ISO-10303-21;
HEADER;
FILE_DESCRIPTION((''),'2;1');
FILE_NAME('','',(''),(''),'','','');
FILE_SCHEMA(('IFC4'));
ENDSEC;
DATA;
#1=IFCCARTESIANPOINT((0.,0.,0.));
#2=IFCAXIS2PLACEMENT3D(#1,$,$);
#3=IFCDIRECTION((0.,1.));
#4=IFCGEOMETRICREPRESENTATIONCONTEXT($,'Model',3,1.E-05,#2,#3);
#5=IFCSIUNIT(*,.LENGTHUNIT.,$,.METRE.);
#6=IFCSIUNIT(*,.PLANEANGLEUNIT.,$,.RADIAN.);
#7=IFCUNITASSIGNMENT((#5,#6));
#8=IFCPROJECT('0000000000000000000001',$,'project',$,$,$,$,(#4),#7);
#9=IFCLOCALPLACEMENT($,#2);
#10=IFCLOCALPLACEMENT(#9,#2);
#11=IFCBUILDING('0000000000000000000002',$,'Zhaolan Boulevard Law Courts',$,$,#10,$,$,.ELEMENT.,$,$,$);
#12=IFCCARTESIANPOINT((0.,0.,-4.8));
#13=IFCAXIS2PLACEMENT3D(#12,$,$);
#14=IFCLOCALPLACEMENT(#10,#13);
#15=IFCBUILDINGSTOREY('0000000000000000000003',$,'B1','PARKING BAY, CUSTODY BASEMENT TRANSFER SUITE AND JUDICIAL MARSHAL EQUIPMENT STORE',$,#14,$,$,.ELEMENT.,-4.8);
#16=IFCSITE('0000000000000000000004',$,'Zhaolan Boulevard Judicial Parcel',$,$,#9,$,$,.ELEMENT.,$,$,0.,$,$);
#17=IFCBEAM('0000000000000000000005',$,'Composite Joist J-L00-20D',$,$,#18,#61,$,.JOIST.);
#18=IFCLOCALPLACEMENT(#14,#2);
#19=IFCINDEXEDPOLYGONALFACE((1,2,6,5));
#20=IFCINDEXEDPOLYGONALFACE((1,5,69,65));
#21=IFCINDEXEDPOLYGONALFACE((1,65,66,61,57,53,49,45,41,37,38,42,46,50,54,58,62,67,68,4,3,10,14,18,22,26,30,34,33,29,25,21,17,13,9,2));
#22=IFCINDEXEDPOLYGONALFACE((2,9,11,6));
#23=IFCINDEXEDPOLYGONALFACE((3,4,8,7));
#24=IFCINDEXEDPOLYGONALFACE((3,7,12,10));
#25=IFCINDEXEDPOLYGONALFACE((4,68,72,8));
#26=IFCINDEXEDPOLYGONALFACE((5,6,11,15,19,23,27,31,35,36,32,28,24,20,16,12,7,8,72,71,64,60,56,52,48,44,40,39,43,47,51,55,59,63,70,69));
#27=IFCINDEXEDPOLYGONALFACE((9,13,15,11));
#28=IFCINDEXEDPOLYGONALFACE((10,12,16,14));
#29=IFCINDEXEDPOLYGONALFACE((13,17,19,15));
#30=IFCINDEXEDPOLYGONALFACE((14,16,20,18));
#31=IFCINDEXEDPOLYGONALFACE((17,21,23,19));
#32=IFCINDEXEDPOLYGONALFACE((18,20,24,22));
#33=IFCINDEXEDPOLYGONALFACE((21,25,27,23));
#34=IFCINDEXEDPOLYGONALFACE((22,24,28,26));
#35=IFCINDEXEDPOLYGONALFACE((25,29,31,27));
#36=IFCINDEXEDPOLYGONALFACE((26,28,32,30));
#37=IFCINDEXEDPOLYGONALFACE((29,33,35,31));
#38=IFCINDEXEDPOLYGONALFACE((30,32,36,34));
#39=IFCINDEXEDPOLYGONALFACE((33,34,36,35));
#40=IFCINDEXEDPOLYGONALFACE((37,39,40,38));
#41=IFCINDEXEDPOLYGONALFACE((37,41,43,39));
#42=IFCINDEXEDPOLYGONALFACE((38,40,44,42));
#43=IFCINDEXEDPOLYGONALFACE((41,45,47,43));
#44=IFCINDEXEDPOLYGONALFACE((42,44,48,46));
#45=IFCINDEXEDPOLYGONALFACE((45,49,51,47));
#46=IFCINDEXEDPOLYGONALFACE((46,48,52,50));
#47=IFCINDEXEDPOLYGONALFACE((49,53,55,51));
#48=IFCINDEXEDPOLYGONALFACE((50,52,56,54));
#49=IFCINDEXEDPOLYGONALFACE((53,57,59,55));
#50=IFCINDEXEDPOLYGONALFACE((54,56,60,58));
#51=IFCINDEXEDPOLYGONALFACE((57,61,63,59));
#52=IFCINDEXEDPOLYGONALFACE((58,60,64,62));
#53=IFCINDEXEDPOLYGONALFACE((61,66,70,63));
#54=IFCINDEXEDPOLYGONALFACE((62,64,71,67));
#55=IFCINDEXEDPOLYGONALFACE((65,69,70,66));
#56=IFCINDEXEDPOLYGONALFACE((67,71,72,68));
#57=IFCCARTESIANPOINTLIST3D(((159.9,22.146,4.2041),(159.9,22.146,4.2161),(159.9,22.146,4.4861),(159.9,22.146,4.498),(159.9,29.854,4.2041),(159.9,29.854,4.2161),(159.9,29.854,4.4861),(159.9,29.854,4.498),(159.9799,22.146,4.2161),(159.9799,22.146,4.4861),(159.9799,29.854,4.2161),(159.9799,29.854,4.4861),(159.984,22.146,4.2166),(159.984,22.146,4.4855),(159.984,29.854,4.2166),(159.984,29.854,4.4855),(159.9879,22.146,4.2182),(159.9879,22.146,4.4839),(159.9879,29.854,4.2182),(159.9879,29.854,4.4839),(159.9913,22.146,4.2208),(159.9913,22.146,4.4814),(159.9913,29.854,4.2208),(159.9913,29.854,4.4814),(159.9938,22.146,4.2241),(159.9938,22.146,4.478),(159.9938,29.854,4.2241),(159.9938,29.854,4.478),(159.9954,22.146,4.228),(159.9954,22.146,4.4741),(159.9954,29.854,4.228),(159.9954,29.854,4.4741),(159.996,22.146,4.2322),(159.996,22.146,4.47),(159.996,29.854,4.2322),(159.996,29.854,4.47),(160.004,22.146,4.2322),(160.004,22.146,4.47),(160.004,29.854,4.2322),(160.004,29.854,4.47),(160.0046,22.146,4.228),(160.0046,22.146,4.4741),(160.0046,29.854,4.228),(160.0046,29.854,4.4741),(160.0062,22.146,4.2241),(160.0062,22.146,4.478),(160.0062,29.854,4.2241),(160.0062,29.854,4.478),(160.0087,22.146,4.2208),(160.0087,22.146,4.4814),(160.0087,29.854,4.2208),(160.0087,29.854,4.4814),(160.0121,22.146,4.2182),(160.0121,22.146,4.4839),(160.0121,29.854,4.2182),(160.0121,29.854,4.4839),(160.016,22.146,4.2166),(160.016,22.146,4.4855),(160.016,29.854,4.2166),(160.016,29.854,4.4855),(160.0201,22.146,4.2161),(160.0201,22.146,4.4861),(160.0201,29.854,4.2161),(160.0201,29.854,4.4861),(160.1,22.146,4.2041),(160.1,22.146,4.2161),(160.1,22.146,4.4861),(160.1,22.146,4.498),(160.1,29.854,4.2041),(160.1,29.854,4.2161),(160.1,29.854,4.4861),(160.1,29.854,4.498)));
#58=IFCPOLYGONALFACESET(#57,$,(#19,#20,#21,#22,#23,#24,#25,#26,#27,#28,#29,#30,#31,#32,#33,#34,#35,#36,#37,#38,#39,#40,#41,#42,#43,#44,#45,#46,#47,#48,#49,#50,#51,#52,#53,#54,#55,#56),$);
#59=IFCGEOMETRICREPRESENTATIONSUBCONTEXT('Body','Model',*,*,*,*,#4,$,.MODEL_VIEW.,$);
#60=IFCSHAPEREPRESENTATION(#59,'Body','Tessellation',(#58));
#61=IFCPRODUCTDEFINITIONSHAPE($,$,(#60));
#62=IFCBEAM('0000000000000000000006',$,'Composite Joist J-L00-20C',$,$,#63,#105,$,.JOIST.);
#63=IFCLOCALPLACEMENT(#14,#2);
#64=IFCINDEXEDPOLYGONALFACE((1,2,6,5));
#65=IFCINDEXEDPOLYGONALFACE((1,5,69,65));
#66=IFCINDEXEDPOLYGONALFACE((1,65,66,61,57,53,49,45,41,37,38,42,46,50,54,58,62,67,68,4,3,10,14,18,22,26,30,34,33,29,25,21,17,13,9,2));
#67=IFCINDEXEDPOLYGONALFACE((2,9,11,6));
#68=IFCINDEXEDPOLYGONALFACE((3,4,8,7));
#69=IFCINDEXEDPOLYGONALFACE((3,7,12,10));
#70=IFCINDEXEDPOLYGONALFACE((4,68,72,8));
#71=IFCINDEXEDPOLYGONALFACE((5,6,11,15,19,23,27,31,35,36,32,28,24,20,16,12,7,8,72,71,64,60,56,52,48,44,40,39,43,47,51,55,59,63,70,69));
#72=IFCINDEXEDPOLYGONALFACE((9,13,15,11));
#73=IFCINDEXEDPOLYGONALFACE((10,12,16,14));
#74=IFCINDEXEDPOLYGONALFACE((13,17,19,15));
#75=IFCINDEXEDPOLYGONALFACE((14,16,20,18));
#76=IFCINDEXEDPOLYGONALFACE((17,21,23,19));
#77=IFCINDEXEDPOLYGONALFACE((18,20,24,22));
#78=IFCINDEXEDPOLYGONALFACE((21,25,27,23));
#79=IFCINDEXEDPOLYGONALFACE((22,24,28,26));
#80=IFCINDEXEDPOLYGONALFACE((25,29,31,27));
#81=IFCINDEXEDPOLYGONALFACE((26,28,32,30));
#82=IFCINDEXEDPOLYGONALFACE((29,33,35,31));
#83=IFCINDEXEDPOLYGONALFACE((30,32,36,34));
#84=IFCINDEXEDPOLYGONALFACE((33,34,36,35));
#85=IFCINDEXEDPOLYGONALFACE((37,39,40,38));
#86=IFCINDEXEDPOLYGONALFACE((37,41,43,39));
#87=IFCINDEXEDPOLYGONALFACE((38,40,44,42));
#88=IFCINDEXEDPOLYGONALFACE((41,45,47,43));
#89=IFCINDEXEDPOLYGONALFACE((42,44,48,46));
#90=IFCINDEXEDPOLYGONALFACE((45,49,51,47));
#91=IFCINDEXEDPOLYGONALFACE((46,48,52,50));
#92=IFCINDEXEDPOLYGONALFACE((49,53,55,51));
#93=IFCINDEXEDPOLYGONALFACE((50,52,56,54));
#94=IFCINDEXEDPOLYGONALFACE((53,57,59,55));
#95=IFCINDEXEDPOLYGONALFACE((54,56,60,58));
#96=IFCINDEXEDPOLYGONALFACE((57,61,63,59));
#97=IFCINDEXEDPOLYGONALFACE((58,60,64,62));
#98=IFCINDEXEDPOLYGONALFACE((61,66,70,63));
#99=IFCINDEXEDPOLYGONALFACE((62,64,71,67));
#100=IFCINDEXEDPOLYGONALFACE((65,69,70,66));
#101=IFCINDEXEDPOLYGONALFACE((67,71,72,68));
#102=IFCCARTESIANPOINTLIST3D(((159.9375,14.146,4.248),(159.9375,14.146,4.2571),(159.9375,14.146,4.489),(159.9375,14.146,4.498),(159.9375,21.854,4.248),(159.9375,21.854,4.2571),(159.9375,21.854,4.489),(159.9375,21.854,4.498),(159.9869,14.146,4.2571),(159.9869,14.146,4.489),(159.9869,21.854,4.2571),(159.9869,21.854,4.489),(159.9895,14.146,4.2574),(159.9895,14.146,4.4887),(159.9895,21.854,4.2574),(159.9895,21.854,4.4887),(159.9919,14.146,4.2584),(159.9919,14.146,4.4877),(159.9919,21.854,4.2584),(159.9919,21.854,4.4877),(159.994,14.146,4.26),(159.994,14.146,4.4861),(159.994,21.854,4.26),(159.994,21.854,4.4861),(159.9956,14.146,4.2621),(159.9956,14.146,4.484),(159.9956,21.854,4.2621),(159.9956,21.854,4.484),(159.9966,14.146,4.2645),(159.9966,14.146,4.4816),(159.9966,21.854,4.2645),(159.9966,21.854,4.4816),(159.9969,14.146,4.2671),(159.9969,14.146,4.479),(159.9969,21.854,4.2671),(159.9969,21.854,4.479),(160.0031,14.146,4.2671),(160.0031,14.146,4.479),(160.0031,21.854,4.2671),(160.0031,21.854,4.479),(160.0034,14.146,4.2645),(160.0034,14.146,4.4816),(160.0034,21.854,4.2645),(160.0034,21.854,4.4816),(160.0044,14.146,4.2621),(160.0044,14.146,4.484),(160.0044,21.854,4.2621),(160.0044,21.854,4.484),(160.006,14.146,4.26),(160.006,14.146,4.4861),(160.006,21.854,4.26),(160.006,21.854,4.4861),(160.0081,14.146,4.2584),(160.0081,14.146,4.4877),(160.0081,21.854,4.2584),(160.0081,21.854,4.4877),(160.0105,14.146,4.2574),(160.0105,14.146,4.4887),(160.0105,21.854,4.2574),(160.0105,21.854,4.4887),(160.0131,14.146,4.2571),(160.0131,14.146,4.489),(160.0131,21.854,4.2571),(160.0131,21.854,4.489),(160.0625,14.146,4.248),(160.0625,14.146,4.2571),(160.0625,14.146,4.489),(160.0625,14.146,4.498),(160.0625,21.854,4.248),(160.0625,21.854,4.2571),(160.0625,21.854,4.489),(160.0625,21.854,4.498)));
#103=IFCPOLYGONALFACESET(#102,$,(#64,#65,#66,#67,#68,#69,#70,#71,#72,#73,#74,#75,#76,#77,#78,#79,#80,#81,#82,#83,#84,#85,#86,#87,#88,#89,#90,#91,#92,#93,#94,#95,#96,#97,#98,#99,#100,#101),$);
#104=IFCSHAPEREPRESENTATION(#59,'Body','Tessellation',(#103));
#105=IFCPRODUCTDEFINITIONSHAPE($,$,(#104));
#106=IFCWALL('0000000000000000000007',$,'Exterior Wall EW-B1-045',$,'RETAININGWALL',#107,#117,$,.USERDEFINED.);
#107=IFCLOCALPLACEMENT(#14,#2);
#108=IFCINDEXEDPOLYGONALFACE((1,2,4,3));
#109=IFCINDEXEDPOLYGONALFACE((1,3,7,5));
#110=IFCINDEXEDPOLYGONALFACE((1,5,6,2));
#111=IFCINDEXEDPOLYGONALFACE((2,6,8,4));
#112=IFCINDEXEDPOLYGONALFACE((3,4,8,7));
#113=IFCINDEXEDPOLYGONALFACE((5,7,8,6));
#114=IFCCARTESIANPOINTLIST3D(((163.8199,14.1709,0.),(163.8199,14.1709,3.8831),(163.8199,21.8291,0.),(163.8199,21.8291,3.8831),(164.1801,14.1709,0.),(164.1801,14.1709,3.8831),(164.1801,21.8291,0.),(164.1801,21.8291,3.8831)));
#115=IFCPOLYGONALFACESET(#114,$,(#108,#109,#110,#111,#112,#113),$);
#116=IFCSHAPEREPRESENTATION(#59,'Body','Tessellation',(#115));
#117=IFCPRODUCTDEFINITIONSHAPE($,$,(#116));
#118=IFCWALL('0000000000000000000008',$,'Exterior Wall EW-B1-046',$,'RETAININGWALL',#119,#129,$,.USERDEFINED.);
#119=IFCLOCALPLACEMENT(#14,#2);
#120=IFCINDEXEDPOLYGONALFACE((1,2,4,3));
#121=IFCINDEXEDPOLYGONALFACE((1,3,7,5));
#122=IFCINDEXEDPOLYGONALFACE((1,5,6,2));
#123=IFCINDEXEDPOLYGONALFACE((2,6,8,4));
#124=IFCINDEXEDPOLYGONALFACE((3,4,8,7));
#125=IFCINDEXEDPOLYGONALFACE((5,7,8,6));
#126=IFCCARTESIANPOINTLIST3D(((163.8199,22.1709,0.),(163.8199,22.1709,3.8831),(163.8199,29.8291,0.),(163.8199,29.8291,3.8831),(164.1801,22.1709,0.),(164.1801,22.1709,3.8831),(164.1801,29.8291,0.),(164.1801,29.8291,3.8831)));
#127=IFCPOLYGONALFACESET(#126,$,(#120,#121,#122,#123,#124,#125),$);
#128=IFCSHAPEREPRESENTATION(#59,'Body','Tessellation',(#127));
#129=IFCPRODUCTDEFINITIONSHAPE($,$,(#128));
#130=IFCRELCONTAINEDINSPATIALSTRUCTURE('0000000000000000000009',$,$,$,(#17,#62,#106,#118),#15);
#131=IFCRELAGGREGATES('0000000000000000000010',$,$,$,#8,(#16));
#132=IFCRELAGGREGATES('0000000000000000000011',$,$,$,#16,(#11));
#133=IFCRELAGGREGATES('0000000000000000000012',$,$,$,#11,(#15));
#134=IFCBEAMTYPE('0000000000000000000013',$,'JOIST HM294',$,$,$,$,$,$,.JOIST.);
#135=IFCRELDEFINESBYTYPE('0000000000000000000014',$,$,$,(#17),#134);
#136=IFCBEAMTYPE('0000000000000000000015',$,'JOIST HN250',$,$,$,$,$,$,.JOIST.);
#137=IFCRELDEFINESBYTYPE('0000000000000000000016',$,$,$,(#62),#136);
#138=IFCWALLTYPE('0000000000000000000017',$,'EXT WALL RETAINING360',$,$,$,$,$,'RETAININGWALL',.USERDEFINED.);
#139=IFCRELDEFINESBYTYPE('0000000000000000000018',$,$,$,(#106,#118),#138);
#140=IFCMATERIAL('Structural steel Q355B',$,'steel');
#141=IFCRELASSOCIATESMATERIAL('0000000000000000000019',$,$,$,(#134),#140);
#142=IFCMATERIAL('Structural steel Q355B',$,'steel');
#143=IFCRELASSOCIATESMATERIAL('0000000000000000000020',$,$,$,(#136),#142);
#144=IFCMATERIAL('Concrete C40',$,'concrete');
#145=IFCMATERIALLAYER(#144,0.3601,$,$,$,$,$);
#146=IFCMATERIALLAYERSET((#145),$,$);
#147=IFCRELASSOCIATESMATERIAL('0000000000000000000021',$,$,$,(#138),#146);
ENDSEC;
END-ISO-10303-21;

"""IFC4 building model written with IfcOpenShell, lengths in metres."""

from ifc_helpers import new_model, si_unit, direction, frame, frame_2d, origin, origin_2d, place, context, subcontext, project, spatial, rectangle, i_section, extrude, material, layer, layer_set, material_profile, profile_set, type_object, element, save


model = new_model("IFC4")

# Units and contexts
model_context = context("Model", 3, precision=1e-05, world=origin(), true_north=direction((0.0, 1.0)))
body_context = subcontext(model_context, "Body", "Model", "MODEL_VIEW")
ifc_project = project(units=[si_unit("LENGTHUNIT", "METRE"), si_unit("PLANEANGLEUNIT", "RADIAN")], contexts=[model_context])

# Site, building, storey
site_placement = place(None, origin())
site = spatial("IfcSite", under=ifc_project, at=site_placement, Name="Zhaolan Boulevard Judicial Parcel", CompositionType="ELEMENT", RefElevation=0.0)
building_placement = place(site_placement, origin())
building = spatial("IfcBuilding", under=site, at=building_placement, Name="Zhaolan Boulevard Law Courts", CompositionType="ELEMENT")
storey_placement = place(building_placement, frame((0.0, 0.0, -4.8)))
storey = spatial("IfcBuildingStorey", under=building, at=storey_placement, Name="B1", Description="PARKING BAY, CUSTODY BASEMENT TRANSFER SUITE AND JUDICIAL MARSHAL EQUIPMENT STORE", CompositionType="ELEMENT", Elevation=-4.8)

# Beams
ifc_material_1 = material(Name="Structural steel Q355B", Category="steel")
ifc_material_profile_1 = material_profile(ifc_material_1, i_section(OverallWidth=0.2, OverallDepth=0.2939, WebThickness=0.0081, FlangeThickness=0.012, FilletRadius=0.0161, at=origin_2d()), Name="HM294x200")
ifc_profile_set_1 = profile_set([ifc_material_profile_1], Name="Structural steel Q355B")
beam_type_1 = type_object("IfcBeamType", Name="JOIST HM294", PredefinedType="JOIST", material=ifc_profile_set_1)
beam_1_placement = place(storey_placement, frame((160.0, 22.146, 4.3511), z_axis=(0.0, 1.0, 0.0), x_axis=(-1.0, 0.0, 0.0)))
element("IfcBeam", 1, at=beam_1_placement, inside=storey, type_object=beam_type_1, Name="Composite Joist J-L00-20D", PredefinedType="JOIST", context=body_context, shape_type="SweptSolid", body=[
    extrude(i_section(OverallWidth=0.2, OverallDepth=0.2939, WebThickness=0.0081, FlangeThickness=0.012, FilletRadius=0.0161, at=origin_2d()), origin(), (0.0, 0.0, 1.0), 7.708),
])
ifc_material_2 = material(Name="Structural steel Q355B", Category="steel")
ifc_material_profile_2 = material_profile(ifc_material_2, i_section(OverallWidth=0.125, OverallDepth=0.25, WebThickness=0.0061, FlangeThickness=0.009, FilletRadius=0.01, at=origin_2d()), Name="HN250x125")
ifc_profile_set_2 = profile_set([ifc_material_profile_2], Name="Structural steel Q355B")
beam_type_2 = type_object("IfcBeamType", Name="JOIST HN250", PredefinedType="JOIST", material=ifc_profile_set_2)
beam_2_placement = place(storey_placement, frame((160.0, 14.146, 4.373), z_axis=(0.0, 1.0, 0.0), x_axis=(-1.0, 0.0, 0.0)))
element("IfcBeam", 2, at=beam_2_placement, inside=storey, type_object=beam_type_2, Name="Composite Joist J-L00-20C", PredefinedType="JOIST", context=body_context, shape_type="SweptSolid", body=[
    extrude(i_section(OverallWidth=0.125, OverallDepth=0.25, WebThickness=0.0061, FlangeThickness=0.009, FilletRadius=0.01, at=origin_2d()), origin(), (0.0, 0.0, 1.0), 7.708),
])

# Walls
ifc_material_3 = material(Name="Concrete C40", Category="concrete")
ifc_layer = layer(ifc_material_3, 0.3601)
ifc_layer_set = layer_set([ifc_layer])
wall_type = type_object("IfcWallType", Name="EXT WALL RETAINING360", ElementType="RETAININGWALL", PredefinedType="USERDEFINED", material=ifc_layer_set)
for number, where, z_axis, x_axis, name in (
    (3, (164.0, 14.1709, 0.0), (0.0, 0.0, 1.0), (0.0, 1.0, 0.0), "Exterior Wall EW-B1-045"),
    (4, (164.0, 22.1709, 0.0), (0.0, 0.0, 1.0), (0.0, 1.0, 0.0), "Exterior Wall EW-B1-046"),
):
    element("IfcWall", number, at=place(storey_placement, frame(where, z_axis=z_axis, x_axis=x_axis)), inside=storey, type_object=wall_type, Name=name, ObjectType="RETAININGWALL", PredefinedType="USERDEFINED", context=body_context, shape_type="SweptSolid", body=[
        extrude(rectangle(XDim=7.6582, YDim=0.3601, at=frame_2d((3.8291, 0.0))), origin(), (0.0, 0.0, 1.0), 3.8831),
    ])

save(model, "model.ifc")
